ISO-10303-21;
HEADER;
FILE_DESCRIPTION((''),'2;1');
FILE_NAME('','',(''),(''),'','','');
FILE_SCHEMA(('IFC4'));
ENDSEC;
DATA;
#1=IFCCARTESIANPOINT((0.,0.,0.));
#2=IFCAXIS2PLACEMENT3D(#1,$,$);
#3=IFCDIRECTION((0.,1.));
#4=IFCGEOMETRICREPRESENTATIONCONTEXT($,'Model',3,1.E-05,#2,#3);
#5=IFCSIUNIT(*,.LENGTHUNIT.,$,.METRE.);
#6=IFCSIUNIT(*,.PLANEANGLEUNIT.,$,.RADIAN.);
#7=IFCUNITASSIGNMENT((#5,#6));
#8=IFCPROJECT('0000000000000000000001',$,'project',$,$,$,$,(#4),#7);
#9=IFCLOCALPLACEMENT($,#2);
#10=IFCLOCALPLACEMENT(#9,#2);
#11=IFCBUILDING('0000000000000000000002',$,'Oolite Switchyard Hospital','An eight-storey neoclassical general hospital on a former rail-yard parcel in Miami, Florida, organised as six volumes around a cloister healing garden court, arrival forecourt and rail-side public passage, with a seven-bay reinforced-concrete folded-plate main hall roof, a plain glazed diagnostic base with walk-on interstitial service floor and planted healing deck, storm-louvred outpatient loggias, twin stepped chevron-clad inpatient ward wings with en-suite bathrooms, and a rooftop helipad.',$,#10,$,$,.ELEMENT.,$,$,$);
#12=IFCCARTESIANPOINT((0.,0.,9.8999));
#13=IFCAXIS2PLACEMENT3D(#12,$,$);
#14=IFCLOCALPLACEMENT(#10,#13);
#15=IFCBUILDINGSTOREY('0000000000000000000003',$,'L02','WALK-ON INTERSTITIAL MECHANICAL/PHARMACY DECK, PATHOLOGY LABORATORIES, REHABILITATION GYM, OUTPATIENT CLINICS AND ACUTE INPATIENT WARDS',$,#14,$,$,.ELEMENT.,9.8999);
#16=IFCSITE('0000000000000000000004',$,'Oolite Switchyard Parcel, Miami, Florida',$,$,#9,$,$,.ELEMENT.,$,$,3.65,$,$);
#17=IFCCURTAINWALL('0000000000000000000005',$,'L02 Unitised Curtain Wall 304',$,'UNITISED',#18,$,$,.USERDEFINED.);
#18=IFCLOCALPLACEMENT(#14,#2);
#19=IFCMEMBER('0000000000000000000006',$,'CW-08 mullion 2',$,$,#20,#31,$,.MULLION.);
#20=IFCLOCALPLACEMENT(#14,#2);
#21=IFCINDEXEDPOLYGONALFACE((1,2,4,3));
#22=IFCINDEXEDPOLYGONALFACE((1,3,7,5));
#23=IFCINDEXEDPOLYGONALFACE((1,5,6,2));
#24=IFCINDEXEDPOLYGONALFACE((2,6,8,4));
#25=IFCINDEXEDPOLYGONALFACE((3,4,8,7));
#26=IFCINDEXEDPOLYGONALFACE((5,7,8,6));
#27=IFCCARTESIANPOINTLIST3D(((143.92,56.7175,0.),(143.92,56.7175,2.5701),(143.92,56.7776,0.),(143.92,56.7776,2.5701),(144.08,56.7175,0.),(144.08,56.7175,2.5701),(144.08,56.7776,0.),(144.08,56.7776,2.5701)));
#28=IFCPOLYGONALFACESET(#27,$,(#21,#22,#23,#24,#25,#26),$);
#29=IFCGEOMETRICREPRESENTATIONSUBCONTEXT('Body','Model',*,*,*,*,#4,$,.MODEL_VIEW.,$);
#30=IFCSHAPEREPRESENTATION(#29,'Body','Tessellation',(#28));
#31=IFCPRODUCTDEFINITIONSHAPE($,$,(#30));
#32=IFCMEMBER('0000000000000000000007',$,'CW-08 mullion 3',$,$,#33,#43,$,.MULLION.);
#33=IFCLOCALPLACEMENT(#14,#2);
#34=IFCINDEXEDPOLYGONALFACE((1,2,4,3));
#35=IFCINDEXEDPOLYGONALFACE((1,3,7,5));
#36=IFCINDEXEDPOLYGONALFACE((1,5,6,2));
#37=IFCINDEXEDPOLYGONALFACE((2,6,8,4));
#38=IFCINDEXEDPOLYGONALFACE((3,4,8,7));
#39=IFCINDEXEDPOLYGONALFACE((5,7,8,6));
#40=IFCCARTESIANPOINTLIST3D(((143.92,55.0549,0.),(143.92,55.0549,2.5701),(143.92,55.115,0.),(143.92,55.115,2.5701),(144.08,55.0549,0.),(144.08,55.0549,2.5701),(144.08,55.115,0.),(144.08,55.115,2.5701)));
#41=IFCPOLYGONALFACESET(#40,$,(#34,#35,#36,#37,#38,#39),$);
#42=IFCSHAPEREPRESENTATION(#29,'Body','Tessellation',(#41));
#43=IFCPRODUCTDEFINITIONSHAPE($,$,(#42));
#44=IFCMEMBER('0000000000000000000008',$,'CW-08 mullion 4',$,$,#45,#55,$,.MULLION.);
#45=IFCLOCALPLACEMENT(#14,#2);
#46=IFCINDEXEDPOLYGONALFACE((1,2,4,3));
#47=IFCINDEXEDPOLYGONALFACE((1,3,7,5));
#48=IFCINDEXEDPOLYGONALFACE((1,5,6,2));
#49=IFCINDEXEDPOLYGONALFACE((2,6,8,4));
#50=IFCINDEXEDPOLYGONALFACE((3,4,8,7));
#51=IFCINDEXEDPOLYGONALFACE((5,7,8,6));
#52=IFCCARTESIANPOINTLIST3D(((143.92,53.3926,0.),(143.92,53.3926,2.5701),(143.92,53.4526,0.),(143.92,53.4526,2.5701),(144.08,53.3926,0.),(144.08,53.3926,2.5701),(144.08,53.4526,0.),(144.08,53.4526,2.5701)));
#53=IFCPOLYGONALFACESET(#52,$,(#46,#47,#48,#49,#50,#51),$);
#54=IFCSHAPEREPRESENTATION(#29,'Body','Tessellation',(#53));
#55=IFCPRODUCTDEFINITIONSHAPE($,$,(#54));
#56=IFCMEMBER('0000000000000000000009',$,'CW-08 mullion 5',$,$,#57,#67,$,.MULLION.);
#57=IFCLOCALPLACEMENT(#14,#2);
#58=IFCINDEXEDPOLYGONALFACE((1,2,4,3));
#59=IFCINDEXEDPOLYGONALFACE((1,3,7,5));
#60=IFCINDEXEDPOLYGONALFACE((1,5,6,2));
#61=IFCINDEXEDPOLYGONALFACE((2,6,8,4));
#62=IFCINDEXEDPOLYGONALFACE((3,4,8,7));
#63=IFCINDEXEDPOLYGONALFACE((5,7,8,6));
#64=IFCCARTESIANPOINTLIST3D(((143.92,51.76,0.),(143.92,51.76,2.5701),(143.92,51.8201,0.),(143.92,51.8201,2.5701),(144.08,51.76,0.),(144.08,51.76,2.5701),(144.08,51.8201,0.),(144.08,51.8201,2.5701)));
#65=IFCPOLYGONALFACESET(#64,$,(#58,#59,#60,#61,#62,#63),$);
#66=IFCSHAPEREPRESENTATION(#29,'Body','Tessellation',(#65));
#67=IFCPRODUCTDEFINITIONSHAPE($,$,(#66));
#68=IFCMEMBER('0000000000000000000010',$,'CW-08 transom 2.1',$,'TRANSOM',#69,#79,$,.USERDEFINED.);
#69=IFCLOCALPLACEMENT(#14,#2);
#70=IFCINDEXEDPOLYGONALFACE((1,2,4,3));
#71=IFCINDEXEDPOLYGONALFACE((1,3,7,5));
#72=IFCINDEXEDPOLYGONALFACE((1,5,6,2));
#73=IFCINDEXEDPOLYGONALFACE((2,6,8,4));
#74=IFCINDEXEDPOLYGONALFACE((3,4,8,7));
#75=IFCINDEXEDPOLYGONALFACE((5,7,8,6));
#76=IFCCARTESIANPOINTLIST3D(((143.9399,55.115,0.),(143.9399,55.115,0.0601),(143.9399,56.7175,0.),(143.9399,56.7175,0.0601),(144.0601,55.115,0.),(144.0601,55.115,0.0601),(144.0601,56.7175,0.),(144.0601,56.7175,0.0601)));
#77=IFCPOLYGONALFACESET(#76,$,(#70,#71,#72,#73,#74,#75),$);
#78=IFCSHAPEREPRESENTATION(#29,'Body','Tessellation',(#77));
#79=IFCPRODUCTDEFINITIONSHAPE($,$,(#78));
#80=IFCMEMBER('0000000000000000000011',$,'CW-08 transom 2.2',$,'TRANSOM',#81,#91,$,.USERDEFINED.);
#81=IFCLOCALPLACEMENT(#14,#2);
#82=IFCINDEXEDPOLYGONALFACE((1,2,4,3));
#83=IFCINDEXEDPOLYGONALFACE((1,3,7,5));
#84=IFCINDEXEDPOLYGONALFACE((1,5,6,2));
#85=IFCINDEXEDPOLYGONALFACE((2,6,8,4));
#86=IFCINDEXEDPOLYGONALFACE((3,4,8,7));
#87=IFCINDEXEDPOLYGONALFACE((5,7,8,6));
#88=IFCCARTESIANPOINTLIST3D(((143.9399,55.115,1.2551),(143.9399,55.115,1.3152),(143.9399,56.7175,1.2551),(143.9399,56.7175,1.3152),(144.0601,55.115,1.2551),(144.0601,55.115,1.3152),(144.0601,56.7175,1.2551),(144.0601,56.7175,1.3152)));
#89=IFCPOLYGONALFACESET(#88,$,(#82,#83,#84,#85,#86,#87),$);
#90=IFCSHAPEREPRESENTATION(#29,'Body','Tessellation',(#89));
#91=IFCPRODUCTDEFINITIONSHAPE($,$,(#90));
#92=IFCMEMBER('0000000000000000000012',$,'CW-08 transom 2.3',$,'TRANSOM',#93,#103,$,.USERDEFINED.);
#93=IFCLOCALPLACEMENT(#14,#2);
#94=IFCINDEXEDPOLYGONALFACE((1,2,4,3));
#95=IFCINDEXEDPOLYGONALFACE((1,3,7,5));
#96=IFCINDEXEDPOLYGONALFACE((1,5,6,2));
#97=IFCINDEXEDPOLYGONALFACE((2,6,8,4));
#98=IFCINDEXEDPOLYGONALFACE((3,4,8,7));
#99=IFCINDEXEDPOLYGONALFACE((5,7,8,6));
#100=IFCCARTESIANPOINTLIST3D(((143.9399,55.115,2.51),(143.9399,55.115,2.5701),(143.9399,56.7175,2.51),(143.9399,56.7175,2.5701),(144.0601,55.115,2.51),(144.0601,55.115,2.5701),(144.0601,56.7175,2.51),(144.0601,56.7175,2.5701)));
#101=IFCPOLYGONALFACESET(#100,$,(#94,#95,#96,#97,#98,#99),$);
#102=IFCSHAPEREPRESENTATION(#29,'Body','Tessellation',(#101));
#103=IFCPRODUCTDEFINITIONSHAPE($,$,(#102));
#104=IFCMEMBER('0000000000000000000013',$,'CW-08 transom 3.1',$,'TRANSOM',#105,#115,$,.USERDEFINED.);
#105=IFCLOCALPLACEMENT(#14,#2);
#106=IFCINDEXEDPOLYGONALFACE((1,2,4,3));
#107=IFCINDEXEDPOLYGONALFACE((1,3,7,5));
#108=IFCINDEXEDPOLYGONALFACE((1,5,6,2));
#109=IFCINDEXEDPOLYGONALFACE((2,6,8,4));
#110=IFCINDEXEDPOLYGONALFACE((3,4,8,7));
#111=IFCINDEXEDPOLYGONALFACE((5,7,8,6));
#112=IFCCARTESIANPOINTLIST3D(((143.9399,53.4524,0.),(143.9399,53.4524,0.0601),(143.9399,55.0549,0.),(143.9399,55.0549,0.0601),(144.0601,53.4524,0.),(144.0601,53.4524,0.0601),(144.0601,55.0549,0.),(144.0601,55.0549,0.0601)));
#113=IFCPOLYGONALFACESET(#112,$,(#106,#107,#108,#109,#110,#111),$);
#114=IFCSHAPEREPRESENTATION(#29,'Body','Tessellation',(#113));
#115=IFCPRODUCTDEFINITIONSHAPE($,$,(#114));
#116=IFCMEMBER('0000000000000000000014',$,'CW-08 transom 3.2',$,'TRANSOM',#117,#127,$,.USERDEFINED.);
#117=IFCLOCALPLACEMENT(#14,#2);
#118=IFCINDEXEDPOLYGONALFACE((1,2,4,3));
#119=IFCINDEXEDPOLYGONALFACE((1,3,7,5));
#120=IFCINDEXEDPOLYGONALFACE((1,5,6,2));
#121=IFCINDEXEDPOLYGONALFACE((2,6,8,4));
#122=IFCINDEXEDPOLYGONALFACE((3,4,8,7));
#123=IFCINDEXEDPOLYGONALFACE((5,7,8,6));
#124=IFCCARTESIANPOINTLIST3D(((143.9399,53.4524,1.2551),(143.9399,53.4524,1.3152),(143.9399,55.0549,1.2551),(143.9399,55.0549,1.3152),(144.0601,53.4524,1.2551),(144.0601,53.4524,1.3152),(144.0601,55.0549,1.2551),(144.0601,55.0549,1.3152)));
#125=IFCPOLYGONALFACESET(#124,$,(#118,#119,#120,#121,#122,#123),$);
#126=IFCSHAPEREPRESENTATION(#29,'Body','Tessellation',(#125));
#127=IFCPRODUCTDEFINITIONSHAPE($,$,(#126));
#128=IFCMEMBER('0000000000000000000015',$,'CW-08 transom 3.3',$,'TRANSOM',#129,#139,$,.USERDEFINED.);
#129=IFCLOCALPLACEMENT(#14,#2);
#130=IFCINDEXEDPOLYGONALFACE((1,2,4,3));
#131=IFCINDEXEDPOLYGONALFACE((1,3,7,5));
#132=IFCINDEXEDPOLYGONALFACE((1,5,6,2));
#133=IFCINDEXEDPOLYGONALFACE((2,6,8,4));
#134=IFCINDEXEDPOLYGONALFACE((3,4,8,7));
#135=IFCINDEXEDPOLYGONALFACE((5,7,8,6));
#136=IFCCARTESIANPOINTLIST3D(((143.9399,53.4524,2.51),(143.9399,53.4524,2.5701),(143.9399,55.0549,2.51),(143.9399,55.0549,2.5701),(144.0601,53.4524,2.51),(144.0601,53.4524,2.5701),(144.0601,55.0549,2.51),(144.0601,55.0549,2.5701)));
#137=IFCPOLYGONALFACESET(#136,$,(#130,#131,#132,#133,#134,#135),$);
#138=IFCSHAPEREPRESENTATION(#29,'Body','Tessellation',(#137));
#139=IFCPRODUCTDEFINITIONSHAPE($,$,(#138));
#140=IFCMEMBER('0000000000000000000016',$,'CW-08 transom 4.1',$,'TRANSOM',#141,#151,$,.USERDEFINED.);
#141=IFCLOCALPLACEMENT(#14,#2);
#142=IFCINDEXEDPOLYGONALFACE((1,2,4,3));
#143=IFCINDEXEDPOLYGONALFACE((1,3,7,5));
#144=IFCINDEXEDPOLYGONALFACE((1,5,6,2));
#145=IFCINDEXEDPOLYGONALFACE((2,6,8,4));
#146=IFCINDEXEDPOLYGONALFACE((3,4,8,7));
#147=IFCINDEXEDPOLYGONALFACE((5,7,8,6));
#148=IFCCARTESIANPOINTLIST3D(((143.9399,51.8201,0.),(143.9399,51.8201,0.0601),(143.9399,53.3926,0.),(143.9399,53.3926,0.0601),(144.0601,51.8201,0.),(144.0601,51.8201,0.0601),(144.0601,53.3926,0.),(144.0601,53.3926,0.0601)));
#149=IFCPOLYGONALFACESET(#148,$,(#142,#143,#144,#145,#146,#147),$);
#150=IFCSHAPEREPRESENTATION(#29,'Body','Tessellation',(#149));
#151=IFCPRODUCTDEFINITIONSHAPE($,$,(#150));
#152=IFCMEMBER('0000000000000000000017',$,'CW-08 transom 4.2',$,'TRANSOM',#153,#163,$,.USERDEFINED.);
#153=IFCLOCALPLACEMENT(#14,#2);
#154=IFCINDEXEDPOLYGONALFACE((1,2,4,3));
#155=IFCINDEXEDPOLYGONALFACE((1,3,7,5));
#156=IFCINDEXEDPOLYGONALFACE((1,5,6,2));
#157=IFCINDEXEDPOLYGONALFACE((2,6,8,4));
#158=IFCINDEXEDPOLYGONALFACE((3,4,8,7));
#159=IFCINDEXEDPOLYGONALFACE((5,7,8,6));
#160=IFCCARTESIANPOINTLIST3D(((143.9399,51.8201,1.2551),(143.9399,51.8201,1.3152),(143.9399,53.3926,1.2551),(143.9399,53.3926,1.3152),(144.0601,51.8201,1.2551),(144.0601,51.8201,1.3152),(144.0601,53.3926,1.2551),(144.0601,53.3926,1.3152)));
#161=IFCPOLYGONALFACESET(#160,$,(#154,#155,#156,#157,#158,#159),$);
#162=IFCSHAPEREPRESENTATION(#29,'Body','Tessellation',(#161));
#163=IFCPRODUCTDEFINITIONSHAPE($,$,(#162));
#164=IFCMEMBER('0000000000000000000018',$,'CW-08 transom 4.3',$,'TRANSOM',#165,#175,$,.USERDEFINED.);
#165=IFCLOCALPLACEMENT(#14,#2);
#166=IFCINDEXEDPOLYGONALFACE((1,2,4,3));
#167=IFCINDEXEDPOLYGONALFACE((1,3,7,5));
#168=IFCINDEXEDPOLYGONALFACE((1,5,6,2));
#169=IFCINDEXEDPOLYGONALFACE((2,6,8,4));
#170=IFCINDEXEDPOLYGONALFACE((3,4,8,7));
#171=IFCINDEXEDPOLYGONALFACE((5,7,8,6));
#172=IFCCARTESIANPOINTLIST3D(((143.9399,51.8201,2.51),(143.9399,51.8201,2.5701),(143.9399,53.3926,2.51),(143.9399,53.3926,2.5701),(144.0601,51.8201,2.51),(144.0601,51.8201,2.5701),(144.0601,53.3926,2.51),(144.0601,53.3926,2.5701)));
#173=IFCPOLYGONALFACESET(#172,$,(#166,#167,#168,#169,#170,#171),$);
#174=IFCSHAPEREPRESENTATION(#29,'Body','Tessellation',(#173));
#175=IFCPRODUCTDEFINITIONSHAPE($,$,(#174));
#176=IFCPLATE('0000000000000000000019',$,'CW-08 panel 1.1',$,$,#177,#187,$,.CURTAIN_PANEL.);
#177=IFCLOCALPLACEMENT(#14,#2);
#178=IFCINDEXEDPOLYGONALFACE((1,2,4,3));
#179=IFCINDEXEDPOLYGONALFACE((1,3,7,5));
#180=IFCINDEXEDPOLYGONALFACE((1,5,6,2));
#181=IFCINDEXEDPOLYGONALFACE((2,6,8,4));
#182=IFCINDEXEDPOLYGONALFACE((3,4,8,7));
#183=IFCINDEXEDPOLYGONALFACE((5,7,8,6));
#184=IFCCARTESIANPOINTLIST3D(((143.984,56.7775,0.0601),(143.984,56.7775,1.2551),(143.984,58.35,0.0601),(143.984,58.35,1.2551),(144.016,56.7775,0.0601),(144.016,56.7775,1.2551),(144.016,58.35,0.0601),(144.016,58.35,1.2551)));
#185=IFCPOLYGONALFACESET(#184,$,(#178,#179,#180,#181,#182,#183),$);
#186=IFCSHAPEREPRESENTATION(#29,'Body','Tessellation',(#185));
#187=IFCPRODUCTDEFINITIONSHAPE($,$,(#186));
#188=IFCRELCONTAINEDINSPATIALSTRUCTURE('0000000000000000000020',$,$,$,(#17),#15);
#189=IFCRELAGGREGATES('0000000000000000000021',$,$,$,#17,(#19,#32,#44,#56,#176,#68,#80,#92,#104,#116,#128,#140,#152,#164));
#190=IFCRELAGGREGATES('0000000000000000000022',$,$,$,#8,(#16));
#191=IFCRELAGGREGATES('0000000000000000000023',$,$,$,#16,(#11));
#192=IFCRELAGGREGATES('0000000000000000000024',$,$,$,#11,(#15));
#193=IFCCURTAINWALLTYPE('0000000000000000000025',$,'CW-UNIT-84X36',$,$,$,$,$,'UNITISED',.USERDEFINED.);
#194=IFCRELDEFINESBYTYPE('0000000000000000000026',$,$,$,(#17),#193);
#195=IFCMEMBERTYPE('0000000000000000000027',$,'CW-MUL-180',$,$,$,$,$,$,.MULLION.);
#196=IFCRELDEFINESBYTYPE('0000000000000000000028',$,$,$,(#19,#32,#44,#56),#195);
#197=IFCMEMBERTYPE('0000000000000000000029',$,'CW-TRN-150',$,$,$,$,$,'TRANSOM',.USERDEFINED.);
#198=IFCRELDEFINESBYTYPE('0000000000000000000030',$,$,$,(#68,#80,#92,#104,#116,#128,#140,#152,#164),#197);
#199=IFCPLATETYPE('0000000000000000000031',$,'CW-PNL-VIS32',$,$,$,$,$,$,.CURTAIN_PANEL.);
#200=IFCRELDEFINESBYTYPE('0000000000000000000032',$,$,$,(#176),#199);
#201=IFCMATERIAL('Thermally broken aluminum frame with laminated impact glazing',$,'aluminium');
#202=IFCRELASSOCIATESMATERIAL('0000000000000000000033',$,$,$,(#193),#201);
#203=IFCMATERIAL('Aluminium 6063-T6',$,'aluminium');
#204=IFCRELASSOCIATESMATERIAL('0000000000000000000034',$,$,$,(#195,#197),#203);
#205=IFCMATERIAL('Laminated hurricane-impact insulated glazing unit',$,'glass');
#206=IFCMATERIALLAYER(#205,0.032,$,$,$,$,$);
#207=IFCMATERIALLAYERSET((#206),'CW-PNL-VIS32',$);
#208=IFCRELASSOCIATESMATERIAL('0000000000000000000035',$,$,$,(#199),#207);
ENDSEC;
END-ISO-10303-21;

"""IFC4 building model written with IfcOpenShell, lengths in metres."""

from ifc_helpers import new_model, si_unit, direction, frame, origin, origin_2d, place, context, subcontext, project, spatial, rectangle, extrude, material, layer, layer_set, material_profile, profile_set, type_object, element, aggregate, save


model = new_model("IFC4")

# Units and contexts
model_context = context("Model", 3, precision=1e-05, world=origin(), true_north=direction((0.0, 1.0)))
body_context = subcontext(model_context, "Body", "Model", "MODEL_VIEW")
ifc_project = project(units=[si_unit("LENGTHUNIT", "METRE"), si_unit("PLANEANGLEUNIT", "RADIAN")], contexts=[model_context])

# Site, building, storey
site_placement = place(None, origin())
site = spatial("IfcSite", under=ifc_project, at=site_placement, Name="Oolite Switchyard Parcel, Miami, Florida", CompositionType="ELEMENT", RefElevation=3.65)
building_placement = place(site_placement, origin())
building = spatial("IfcBuilding", under=site, at=building_placement, Name="Oolite Switchyard Hospital", Description="An eight-storey neoclassical general hospital on a former rail-yard parcel in Miami, Florida, organised as six volumes around a cloister healing garden court, arrival forecourt and rail-side public passage, with a seven-bay reinforced-concrete folded-plate main hall roof, a plain glazed diagnostic base with walk-on interstitial service floor and planted healing deck, storm-louvred outpatient loggias, twin stepped chevron-clad inpatient ward wings with en-suite bathrooms, and a rooftop helipad.", CompositionType="ELEMENT")
storey_placement = place(building_placement, frame((0.0, 0.0, 9.8999)))
storey = spatial("IfcBuildingStorey", under=building, at=storey_placement, Name="L02", Description="WALK-ON INTERSTITIAL MECHANICAL/PHARMACY DECK, PATHOLOGY LABORATORIES, REHABILITATION GYM, OUTPATIENT CLINICS AND ACUTE INPATIENT WARDS", CompositionType="ELEMENT", Elevation=9.8999)

# Curtain wall, members, plate
ifc_material_1 = material(Name="Thermally broken aluminum frame with laminated impact glazing", Category="aluminium")
curtain_wall_type = type_object("IfcCurtainWallType", Name="CW-UNIT-84X36", ElementType="UNITISED", PredefinedType="USERDEFINED", material=ifc_material_1)
curtain_wall_placement = place(storey_placement, origin())
curtain_wall = element("IfcCurtainWall", 1, at=curtain_wall_placement, inside=storey, type_object=curtain_wall_type, Name="L02 Unitised Curtain Wall 304", ObjectType="UNITISED", PredefinedType="USERDEFINED")
ifc_material_2 = material(Name="Aluminium 6063-T6", Category="aluminium")
ifc_material_profile_1 = material_profile(ifc_material_2, rectangle(XDim=0.1599, YDim=0.0601, at=origin_2d()), Name="CWM60X160")
ifc_profile_set_1 = profile_set([ifc_material_profile_1], Name="Aluminium 6063-T6")
member_type_1 = type_object("IfcMemberType", Name="CW-MUL-180", PredefinedType="MULLION", material=ifc_profile_set_1)
member_1_placement = place(storey_placement, frame((144.0, 56.7476, 0.0), z_axis=(0.0, 0.0, 1.0), x_axis=(1.0, 0.0, 0.0)))
member_1 = element("IfcMember", 2, at=member_1_placement, type_object=member_type_1, Name="CW-08 mullion 2", PredefinedType="MULLION", context=body_context, shape_type="SweptSolid", body=[
    extrude(rectangle(XDim=0.1599, YDim=0.0601, at=origin_2d()), origin(), (0.0, 0.0, 1.0), 2.5701),
])
member_2_placement = place(storey_placement, frame((144.0, 55.085, 0.0), z_axis=(0.0, 0.0, 1.0), x_axis=(1.0, 0.0, 0.0)))
member_2 = element("IfcMember", 3, at=member_2_placement, type_object=member_type_1, Name="CW-08 mullion 3", PredefinedType="MULLION", context=body_context, shape_type="SweptSolid", body=[
    extrude(rectangle(XDim=0.1599, YDim=0.0601, at=origin_2d()), origin(), (0.0, 0.0, 1.0), 2.5701),
])
member_3_placement = place(storey_placement, frame((144.0, 53.4226, 0.0), z_axis=(0.0, 0.0, 1.0), x_axis=(1.0, 0.0, 0.0)))
member_3 = element("IfcMember", 4, at=member_3_placement, type_object=member_type_1, Name="CW-08 mullion 4", PredefinedType="MULLION", context=body_context, shape_type="SweptSolid", body=[
    extrude(rectangle(XDim=0.1599, YDim=0.0601, at=origin_2d()), origin(), (0.0, 0.0, 1.0), 2.5701),
])
member_4_placement = place(storey_placement, frame((144.0, 51.79, 0.0), z_axis=(0.0, 0.0, 1.0), x_axis=(1.0, 0.0, 0.0)))
member_4 = element("IfcMember", 5, at=member_4_placement, type_object=member_type_1, Name="CW-08 mullion 5", PredefinedType="MULLION", context=body_context, shape_type="SweptSolid", body=[
    extrude(rectangle(XDim=0.1599, YDim=0.0601, at=origin_2d()), origin(), (0.0, 0.0, 1.0), 2.5701),
])
ifc_material_profile_2 = material_profile(ifc_material_2, rectangle(XDim=0.1201, YDim=0.0601, at=origin_2d()), Name="CWT60X120")
ifc_profile_set_2 = profile_set([ifc_material_profile_2], Name="Aluminium 6063-T6")
member_type_2 = type_object("IfcMemberType", Name="CW-TRN-150", ElementType="TRANSOM", PredefinedType="USERDEFINED", material=ifc_profile_set_2)
member_5_placement = place(storey_placement, frame((144.0, 56.7175, 0.03), z_axis=(0.0, -1.0, 0.0), x_axis=(1.0, 0.0, 0.0)))
member_5 = element("IfcMember", 6, at=member_5_placement, type_object=member_type_2, Name="CW-08 transom 2.1", ObjectType="TRANSOM", PredefinedType="USERDEFINED", context=body_context, shape_type="SweptSolid", body=[
    extrude(rectangle(XDim=0.1201, YDim=0.0601, at=origin_2d()), origin(), (0.0, 0.0, 1.0), 1.6025),
])
member_6_placement = place(storey_placement, frame((144.0, 56.7175, 1.2852), z_axis=(0.0, -1.0, 0.0), x_axis=(1.0, 0.0, 0.0)))
member_6 = element("IfcMember", 7, at=member_6_placement, type_object=member_type_2, Name="CW-08 transom 2.2", ObjectType="TRANSOM", PredefinedType="USERDEFINED", context=body_context, shape_type="SweptSolid", body=[
    extrude(rectangle(XDim=0.1201, YDim=0.0601, at=origin_2d()), origin(), (0.0, 0.0, 1.0), 1.6025),
])
member_7_placement = place(storey_placement, frame((144.0, 56.7175, 2.54), z_axis=(0.0, -1.0, 0.0), x_axis=(1.0, 0.0, 0.0)))
member_7 = element("IfcMember", 8, at=member_7_placement, type_object=member_type_2, Name="CW-08 transom 2.3", ObjectType="TRANSOM", PredefinedType="USERDEFINED", context=body_context, shape_type="SweptSolid", body=[
    extrude(rectangle(XDim=0.1201, YDim=0.0601, at=origin_2d()), origin(), (0.0, 0.0, 1.0), 1.6025),
])
member_8_placement = place(storey_placement, frame((144.0, 55.0549, 0.03), z_axis=(0.0, -1.0, 0.0), x_axis=(1.0, 0.0, 0.0)))
member_8 = element("IfcMember", 9, at=member_8_placement, type_object=member_type_2, Name="CW-08 transom 3.1", ObjectType="TRANSOM", PredefinedType="USERDEFINED", context=body_context, shape_type="SweptSolid", body=[
    extrude(rectangle(XDim=0.1201, YDim=0.0601, at=origin_2d()), origin(), (0.0, 0.0, 1.0), 1.6025),
])
member_9_placement = place(storey_placement, frame((144.0, 55.0549, 1.2852), z_axis=(0.0, -1.0, 0.0), x_axis=(1.0, 0.0, 0.0)))
member_9 = element("IfcMember", 10, at=member_9_placement, type_object=member_type_2, Name="CW-08 transom 3.2", ObjectType="TRANSOM", PredefinedType="USERDEFINED", context=body_context, shape_type="SweptSolid", body=[
    extrude(rectangle(XDim=0.1201, YDim=0.0601, at=origin_2d()), origin(), (0.0, 0.0, 1.0), 1.6025),
])
member_10_placement = place(storey_placement, frame((144.0, 55.0549, 2.54), z_axis=(0.0, -1.0, 0.0), x_axis=(1.0, 0.0, 0.0)))
member_10 = element("IfcMember", 11, at=member_10_placement, type_object=member_type_2, Name="CW-08 transom 3.3", ObjectType="TRANSOM", PredefinedType="USERDEFINED", context=body_context, shape_type="SweptSolid", body=[
    extrude(rectangle(XDim=0.1201, YDim=0.0601, at=origin_2d()), origin(), (0.0, 0.0, 1.0), 1.6025),
])
member_11_placement = place(storey_placement, frame((144.0, 53.3926, 0.03), z_axis=(0.0, -1.0, 0.0), x_axis=(1.0, 0.0, 0.0)))
member_11 = element("IfcMember", 12, at=member_11_placement, type_object=member_type_2, Name="CW-08 transom 4.1", ObjectType="TRANSOM", PredefinedType="USERDEFINED", context=body_context, shape_type="SweptSolid", body=[
    extrude(rectangle(XDim=0.1201, YDim=0.0601, at=origin_2d()), origin(), (0.0, 0.0, 1.0), 1.5725),
])
member_12_placement = place(storey_placement, frame((144.0, 53.3926, 1.2852), z_axis=(0.0, -1.0, 0.0), x_axis=(1.0, 0.0, 0.0)))
member_12 = element("IfcMember", 13, at=member_12_placement, type_object=member_type_2, Name="CW-08 transom 4.2", ObjectType="TRANSOM", PredefinedType="USERDEFINED", context=body_context, shape_type="SweptSolid", body=[
    extrude(rectangle(XDim=0.1201, YDim=0.0601, at=origin_2d()), origin(), (0.0, 0.0, 1.0), 1.5725),
])
member_13_placement = place(storey_placement, frame((144.0, 53.3926, 2.54), z_axis=(0.0, -1.0, 0.0), x_axis=(1.0, 0.0, 0.0)))
member_13 = element("IfcMember", 14, at=member_13_placement, type_object=member_type_2, Name="CW-08 transom 4.3", ObjectType="TRANSOM", PredefinedType="USERDEFINED", context=body_context, shape_type="SweptSolid", body=[
    extrude(rectangle(XDim=0.1201, YDim=0.0601, at=origin_2d()), origin(), (0.0, 0.0, 1.0), 1.5725),
])
ifc_material_3 = material(Name="Laminated hurricane-impact insulated glazing unit", Category="glass")
ifc_layer = layer(ifc_material_3, 0.032)
ifc_layer_set = layer_set([ifc_layer], Name="CW-PNL-VIS32")
plate_type = type_object("IfcPlateType", Name="CW-PNL-VIS32", PredefinedType="CURTAIN_PANEL", material=ifc_layer_set)
plate_1_placement = place(storey_placement, frame((144.0, 57.5637, 0.0601), z_axis=(0.0, 0.0, 1.0), x_axis=(0.0, -1.0, 0.0)))
plate_1 = element("IfcPlate", 15, at=plate_1_placement, type_object=plate_type, Name="CW-08 panel 1.1", PredefinedType="CURTAIN_PANEL", context=body_context, shape_type="SweptSolid", body=[
    extrude(rectangle(XDim=1.5725, YDim=0.032, at=origin_2d()), origin(), (0.0, 0.0, 1.0), 1.1951),
])
aggregate(curtain_wall, [member_1, member_2, member_3, member_4, plate_1, member_5, member_6, member_7, member_8, member_9, member_10, member_11, member_12, member_13])

save(model, "model.ifc")
